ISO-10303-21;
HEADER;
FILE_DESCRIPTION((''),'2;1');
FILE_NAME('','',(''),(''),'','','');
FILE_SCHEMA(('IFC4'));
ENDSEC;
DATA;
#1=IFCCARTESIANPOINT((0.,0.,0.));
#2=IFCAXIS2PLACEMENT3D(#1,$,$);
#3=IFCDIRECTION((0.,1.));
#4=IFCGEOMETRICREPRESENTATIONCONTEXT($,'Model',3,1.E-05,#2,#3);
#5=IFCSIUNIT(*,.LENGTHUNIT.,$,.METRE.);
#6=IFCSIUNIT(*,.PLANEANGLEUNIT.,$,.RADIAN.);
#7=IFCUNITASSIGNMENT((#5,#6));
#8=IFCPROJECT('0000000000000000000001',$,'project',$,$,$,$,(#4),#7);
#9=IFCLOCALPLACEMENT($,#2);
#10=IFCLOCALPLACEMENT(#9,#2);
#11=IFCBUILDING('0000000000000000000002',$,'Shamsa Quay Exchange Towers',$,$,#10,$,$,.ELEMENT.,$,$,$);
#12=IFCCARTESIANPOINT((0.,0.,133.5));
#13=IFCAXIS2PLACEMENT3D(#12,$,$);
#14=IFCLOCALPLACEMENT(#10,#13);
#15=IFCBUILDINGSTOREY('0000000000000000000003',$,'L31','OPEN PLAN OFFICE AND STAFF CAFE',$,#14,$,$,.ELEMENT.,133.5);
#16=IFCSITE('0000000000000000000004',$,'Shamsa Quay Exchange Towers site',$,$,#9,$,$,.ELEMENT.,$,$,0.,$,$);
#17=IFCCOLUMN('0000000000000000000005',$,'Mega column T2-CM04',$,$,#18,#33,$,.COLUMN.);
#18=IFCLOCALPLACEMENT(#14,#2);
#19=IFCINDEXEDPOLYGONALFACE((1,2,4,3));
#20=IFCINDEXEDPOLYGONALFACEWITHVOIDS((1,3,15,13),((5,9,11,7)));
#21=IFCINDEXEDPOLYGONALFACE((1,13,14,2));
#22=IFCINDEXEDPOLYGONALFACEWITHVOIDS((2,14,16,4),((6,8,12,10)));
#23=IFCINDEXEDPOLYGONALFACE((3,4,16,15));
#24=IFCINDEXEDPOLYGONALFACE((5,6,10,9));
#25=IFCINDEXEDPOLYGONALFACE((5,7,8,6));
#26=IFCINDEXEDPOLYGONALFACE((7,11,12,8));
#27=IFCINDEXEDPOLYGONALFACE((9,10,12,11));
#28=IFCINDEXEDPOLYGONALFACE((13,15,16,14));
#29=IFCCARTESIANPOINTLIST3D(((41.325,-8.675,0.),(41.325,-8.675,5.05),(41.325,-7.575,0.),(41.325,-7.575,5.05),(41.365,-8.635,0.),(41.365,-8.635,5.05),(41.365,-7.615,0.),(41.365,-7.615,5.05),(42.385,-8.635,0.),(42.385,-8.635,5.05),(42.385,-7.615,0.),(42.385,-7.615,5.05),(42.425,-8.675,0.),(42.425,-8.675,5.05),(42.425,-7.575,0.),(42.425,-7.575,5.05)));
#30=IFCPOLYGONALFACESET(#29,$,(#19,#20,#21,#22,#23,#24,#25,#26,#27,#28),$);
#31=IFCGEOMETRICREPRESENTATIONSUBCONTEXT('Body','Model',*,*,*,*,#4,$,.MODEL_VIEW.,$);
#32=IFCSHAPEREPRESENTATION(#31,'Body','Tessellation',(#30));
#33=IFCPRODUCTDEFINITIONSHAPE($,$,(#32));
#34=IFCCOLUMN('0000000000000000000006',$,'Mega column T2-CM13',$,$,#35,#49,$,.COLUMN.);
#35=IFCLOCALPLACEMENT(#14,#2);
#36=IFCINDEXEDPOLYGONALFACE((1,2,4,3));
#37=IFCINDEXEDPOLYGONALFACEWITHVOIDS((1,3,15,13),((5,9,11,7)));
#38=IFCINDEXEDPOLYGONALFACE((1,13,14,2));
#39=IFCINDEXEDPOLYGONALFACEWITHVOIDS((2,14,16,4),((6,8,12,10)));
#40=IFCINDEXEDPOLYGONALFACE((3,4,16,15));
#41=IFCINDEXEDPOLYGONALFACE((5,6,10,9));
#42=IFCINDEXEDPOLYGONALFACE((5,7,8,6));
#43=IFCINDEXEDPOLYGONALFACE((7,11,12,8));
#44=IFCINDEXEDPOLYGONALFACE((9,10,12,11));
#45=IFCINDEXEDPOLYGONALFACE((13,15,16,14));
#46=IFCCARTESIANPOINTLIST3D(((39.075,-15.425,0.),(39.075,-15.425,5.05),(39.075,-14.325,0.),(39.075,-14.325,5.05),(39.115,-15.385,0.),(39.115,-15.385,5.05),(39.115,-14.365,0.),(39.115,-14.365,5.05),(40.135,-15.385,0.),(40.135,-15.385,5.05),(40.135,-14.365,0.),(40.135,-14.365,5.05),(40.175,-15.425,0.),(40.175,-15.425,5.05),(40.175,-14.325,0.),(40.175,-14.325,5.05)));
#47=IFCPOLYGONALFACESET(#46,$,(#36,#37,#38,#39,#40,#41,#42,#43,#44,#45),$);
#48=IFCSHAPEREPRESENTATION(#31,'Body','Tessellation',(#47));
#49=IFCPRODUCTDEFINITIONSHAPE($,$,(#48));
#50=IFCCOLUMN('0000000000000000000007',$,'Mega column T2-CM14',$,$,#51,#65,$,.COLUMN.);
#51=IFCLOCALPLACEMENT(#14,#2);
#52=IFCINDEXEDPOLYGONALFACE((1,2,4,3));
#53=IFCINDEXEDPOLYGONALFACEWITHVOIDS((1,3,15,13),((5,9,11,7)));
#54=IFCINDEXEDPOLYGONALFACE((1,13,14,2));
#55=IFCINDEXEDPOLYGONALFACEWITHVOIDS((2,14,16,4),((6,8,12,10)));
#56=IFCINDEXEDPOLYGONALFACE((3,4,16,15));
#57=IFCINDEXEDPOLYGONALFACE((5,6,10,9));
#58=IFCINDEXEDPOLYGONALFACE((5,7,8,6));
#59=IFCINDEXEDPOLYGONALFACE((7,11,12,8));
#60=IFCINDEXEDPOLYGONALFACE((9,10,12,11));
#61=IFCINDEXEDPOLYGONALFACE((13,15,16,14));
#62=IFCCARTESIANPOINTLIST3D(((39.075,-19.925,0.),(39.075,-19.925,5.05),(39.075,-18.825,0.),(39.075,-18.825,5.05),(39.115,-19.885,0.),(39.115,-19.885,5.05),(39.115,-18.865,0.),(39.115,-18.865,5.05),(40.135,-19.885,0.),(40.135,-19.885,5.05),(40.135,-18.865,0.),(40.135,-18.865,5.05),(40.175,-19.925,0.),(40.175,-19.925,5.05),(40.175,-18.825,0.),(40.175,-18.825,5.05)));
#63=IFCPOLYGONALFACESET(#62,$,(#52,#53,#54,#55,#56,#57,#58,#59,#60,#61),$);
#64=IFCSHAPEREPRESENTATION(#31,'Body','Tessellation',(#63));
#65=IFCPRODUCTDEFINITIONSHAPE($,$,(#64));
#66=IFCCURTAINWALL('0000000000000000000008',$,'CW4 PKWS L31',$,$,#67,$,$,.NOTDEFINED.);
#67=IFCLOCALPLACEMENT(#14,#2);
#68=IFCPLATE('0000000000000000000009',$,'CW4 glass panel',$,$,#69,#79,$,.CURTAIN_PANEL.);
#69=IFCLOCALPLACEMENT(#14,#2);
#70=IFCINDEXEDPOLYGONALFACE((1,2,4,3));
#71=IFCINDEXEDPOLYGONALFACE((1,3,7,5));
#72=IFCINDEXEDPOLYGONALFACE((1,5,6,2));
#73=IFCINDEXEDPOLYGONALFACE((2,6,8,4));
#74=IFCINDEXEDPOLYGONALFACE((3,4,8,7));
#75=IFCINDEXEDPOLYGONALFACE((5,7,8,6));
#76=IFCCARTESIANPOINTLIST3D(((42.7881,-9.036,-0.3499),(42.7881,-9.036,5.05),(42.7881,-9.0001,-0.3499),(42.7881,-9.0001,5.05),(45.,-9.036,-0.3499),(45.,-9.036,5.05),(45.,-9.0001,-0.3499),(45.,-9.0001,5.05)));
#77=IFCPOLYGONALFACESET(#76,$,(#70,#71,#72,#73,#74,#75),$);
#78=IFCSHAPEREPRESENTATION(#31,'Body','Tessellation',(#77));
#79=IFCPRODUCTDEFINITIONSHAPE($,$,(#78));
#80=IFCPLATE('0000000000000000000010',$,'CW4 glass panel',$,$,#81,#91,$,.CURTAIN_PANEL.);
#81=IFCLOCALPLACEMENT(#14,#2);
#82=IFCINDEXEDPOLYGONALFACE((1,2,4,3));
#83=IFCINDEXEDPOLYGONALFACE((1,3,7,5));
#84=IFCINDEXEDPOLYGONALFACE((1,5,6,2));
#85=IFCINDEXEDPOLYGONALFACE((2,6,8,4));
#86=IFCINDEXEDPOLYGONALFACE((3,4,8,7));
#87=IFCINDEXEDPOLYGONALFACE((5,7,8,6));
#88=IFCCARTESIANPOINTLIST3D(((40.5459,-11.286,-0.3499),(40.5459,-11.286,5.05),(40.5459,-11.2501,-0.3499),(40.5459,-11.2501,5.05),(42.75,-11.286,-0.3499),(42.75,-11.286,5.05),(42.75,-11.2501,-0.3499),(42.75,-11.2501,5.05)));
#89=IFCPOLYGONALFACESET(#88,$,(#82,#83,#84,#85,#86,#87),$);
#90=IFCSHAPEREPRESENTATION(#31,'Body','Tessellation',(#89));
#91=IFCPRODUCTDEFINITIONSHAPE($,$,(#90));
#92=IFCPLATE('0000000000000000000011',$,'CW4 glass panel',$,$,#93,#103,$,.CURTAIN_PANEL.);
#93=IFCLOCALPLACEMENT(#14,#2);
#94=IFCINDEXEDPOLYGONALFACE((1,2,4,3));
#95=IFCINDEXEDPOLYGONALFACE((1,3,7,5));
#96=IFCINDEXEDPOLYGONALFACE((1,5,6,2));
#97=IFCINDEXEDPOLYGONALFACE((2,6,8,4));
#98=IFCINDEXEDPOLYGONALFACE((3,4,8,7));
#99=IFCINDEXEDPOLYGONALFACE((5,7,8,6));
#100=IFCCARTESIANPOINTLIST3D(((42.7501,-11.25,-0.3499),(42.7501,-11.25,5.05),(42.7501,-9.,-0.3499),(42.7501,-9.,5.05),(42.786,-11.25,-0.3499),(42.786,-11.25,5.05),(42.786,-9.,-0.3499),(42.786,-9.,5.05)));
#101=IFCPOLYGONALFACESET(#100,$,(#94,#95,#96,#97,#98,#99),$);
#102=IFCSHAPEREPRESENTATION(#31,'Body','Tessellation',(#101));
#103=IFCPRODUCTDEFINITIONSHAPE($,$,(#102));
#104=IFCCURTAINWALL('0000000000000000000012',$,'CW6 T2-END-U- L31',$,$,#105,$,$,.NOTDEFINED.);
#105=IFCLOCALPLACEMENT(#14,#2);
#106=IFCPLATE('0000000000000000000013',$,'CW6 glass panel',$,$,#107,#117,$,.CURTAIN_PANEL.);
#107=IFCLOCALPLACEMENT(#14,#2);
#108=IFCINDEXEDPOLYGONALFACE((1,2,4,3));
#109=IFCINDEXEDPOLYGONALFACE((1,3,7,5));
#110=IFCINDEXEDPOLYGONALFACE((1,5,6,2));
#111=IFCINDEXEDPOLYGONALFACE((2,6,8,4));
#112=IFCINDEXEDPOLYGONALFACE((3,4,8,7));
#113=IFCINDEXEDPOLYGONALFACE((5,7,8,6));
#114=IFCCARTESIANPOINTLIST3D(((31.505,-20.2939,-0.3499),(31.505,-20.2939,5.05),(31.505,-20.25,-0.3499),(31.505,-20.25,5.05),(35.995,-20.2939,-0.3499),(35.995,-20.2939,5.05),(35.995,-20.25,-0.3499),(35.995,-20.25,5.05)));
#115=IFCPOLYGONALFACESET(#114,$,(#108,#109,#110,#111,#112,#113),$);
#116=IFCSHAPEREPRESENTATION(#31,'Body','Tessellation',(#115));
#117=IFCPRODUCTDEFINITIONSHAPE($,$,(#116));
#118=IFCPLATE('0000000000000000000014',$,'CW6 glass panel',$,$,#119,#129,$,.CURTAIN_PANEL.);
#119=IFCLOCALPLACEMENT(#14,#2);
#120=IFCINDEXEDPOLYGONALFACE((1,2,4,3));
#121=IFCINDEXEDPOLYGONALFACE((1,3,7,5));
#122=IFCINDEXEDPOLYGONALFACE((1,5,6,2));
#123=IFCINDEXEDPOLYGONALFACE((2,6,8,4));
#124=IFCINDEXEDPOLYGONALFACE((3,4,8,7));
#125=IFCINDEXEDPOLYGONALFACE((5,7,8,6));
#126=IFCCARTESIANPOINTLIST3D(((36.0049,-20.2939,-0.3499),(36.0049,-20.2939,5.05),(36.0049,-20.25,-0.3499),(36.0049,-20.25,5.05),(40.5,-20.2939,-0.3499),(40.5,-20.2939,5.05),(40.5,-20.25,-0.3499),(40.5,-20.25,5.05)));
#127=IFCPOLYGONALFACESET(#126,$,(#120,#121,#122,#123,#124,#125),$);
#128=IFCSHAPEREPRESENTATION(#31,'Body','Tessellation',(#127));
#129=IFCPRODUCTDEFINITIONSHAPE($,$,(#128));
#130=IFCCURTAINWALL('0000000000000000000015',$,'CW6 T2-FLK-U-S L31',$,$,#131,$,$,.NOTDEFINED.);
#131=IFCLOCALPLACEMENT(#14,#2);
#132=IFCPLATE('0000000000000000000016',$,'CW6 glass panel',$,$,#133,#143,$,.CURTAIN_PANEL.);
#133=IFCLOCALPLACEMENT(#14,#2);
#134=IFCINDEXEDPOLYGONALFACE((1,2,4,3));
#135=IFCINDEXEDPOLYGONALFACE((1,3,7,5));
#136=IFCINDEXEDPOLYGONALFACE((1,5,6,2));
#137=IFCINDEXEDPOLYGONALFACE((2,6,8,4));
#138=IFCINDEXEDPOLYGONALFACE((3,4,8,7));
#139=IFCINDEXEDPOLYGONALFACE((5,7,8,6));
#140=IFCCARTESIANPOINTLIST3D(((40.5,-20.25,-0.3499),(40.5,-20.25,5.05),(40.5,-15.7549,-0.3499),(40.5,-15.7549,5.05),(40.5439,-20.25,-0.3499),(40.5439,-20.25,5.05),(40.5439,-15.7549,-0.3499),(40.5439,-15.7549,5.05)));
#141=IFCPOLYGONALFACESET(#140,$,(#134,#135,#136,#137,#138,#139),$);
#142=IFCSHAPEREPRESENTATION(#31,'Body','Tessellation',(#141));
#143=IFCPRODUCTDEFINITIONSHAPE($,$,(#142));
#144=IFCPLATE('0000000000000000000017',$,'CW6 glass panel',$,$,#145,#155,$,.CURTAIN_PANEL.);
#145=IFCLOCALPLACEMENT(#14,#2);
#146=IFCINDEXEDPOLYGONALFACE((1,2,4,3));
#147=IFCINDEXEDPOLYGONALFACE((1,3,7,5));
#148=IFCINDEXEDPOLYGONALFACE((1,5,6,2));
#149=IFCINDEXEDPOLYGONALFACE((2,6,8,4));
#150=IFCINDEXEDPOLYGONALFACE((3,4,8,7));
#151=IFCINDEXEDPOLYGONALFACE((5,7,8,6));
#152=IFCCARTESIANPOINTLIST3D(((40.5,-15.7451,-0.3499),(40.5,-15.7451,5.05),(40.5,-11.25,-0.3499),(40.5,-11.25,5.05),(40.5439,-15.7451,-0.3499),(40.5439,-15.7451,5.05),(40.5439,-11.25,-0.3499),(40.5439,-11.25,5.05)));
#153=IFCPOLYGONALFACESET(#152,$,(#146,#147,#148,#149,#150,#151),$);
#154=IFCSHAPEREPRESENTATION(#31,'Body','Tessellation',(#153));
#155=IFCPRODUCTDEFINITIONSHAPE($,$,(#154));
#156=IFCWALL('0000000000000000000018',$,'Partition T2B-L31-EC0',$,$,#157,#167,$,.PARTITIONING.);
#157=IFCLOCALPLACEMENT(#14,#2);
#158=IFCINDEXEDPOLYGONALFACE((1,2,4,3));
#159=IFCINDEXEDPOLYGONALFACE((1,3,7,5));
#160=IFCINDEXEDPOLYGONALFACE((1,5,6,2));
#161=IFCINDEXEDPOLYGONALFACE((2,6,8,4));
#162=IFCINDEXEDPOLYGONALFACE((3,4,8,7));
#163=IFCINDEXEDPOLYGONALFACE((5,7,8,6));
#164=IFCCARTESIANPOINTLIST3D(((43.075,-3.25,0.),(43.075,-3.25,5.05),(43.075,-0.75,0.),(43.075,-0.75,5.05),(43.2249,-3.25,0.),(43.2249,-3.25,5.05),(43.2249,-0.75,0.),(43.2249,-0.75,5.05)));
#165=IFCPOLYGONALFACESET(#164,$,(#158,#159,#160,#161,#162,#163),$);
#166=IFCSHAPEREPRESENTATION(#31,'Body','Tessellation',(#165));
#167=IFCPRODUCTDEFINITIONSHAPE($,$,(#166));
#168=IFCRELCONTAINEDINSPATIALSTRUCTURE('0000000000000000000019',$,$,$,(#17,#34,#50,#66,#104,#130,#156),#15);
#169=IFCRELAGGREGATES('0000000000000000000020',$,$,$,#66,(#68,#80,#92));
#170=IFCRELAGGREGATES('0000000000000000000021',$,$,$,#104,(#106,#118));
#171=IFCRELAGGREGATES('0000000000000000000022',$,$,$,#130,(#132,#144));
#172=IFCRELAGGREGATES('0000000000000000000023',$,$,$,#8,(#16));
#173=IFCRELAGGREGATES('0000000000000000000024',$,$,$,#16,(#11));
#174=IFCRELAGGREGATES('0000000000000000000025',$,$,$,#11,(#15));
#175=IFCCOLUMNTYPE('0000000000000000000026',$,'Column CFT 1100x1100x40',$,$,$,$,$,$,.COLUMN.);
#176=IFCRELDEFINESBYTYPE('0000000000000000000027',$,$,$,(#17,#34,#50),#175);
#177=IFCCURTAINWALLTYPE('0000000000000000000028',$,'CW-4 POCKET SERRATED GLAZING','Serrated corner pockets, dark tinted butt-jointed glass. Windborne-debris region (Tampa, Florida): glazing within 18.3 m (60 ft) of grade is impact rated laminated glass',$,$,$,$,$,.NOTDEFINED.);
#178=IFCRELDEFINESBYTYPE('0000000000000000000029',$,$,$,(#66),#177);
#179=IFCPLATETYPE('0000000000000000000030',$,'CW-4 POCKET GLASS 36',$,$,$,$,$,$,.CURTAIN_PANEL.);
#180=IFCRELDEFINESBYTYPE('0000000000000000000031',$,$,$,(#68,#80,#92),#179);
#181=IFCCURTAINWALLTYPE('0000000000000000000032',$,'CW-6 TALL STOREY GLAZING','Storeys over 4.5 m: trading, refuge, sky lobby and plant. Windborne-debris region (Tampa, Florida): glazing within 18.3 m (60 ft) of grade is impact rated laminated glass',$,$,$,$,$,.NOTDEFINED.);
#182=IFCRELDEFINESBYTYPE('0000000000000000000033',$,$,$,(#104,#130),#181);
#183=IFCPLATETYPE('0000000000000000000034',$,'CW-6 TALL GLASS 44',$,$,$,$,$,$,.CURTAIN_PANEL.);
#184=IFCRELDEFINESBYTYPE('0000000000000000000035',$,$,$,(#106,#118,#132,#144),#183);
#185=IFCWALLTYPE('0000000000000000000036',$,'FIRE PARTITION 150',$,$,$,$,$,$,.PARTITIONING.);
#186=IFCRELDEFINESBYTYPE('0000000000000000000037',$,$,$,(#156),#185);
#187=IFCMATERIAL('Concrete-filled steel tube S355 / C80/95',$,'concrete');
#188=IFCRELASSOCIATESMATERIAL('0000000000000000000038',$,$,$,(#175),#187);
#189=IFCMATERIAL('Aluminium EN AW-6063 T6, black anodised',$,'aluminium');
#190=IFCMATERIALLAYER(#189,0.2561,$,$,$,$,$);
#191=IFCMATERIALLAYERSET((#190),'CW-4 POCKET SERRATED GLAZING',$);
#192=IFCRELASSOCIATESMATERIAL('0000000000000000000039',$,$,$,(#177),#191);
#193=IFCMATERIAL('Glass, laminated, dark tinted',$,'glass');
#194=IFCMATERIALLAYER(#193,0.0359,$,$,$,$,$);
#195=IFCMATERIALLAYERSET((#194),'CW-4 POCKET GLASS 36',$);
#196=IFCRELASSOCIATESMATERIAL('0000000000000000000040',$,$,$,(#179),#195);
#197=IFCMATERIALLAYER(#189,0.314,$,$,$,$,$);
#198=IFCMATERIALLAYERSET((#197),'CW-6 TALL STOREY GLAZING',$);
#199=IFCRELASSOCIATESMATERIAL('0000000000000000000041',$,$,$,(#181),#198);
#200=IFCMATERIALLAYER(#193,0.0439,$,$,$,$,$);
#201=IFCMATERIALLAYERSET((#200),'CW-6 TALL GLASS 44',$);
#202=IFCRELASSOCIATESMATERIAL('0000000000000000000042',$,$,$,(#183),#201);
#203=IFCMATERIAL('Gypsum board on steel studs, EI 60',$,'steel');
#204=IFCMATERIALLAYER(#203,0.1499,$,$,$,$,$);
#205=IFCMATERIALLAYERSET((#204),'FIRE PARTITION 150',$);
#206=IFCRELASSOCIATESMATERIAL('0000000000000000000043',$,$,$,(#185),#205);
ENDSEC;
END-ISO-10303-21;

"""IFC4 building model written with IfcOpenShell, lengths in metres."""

from ifc_helpers import new_model, si_unit, direction, frame, frame_2d, origin, origin_2d, place, context, subcontext, project, spatial, rectangle, hollow_rectangle, extrude, material, layer, layer_set, material_profile, profile_set, type_object, element, aggregate, save


model = new_model("IFC4")

# Units and contexts
model_context = context("Model", 3, precision=1e-05, world=origin(), true_north=direction((0.0, 1.0)))
body_context = subcontext(model_context, "Body", "Model", "MODEL_VIEW")
ifc_project = project(units=[si_unit("LENGTHUNIT", "METRE"), si_unit("PLANEANGLEUNIT", "RADIAN")], contexts=[model_context])

# Site, building, storey
site_placement = place(None, origin())
site = spatial("IfcSite", under=ifc_project, at=site_placement, Name="Shamsa Quay Exchange Towers site", CompositionType="ELEMENT", RefElevation=0.0)
building_placement = place(site_placement, origin())
building = spatial("IfcBuilding", under=site, at=building_placement, Name="Shamsa Quay Exchange Towers", CompositionType="ELEMENT")
storey_placement = place(building_placement, frame((0.0, 0.0, 133.5)))
storey = spatial("IfcBuildingStorey", under=building, at=storey_placement, Name="L31", Description="OPEN PLAN OFFICE AND STAFF CAFE", CompositionType="ELEMENT", Elevation=133.5)

# Columns
ifc_material_1 = material(Name="Concrete-filled steel tube S355 / C80/95", Category="concrete")
ifc_material_profile = material_profile(ifc_material_1, hollow_rectangle(XDim=1.1001, YDim=1.1001, WallThickness=0.04, at=origin_2d()), Name="CFT 1100x1100x40")
ifc_profile_set = profile_set([ifc_material_profile], Name="Concrete-filled steel tube S355 / C80/95")
column_type = type_object("IfcColumnType", Name="Column CFT 1100x1100x40", PredefinedType="COLUMN", material=ifc_profile_set)
for number, where, name in (
    (1, (41.875, -8.125, 0.0), "Mega column T2-CM04"),
    (2, (39.625, -14.875, 0.0), "Mega column T2-CM13"),
    (3, (39.625, -19.375, 0.0), "Mega column T2-CM14"),
):
    element("IfcColumn", number, at=place(storey_placement, frame(where)), inside=storey, type_object=column_type, Name=name, PredefinedType="COLUMN", context=body_context, shape_type="SweptSolid", body=[
        extrude(hollow_rectangle(XDim=1.1001, YDim=1.1001, WallThickness=0.04, at=origin_2d()), origin(), (0.0, 0.0, 1.0), 5.05),
    ])

# Curtain walls, plates
ifc_material_2 = material(Name="Aluminium EN AW-6063 T6, black anodised", Category="aluminium")
ifc_layer_1 = layer(ifc_material_2, 0.2561)
ifc_layer_set_1 = layer_set([ifc_layer_1], Name="CW-4 POCKET SERRATED GLAZING")
curtain_wall_type_1 = type_object("IfcCurtainWallType", Name="CW-4 POCKET SERRATED GLAZING", Description="Serrated corner pockets, dark tinted butt-jointed glass. Windborne-debris region (Tampa, Florida): glazing within 18.3 m (60 ft) of grade is impact rated laminated glass", PredefinedType="NOTDEFINED", material=ifc_layer_set_1)
curtain_wall_1_placement = place(storey_placement, origin())
curtain_wall_1 = element("IfcCurtainWall", 4, at=curtain_wall_1_placement, inside=storey, type_object=curtain_wall_type_1, Name="CW4 PKWS L31", PredefinedType="NOTDEFINED")
ifc_material_3 = material(Name="Glass, laminated, dark tinted", Category="glass")
ifc_layer_2 = layer(ifc_material_3, 0.0359)
ifc_layer_set_2 = layer_set([ifc_layer_2], Name="CW-4 POCKET GLASS 36")
plate_type_1 = type_object("IfcPlateType", Name="CW-4 POCKET GLASS 36", PredefinedType="CURTAIN_PANEL", material=ifc_layer_set_2)
plate_1_placement = place(storey_placement, frame((43.894, -9.0181, -0.3499)))
plate_1 = element("IfcPlate", 5, at=plate_1_placement, type_object=plate_type_1, Name="CW4 glass panel", PredefinedType="CURTAIN_PANEL", context=body_context, shape_type="SweptSolid", body=[
    extrude(rectangle(XDim=2.2119, YDim=0.0359, at=origin_2d()), origin(), (0.0, 0.0, 1.0), 5.3999),
])
plate_2_placement = place(storey_placement, frame((41.6479, -11.2681, -0.3499)))
plate_2 = element("IfcPlate", 6, at=plate_2_placement, type_object=plate_type_1, Name="CW4 glass panel", PredefinedType="CURTAIN_PANEL", context=body_context, shape_type="SweptSolid", body=[
    extrude(rectangle(XDim=2.2041, YDim=0.0359, at=origin_2d()), origin(), (0.0, 0.0, 1.0), 5.3999),
])
plate_3_placement = place(storey_placement, frame((42.7681, -10.125, -0.3499), z_axis=(0.0, 0.0, 1.0), x_axis=(0.0, 1.0, 0.0)))
plate_3 = element("IfcPlate", 7, at=plate_3_placement, type_object=plate_type_1, Name="CW4 glass panel", PredefinedType="CURTAIN_PANEL", context=body_context, shape_type="SweptSolid", body=[
    extrude(rectangle(XDim=2.25, YDim=0.0359, at=origin_2d()), origin(), (0.0, 0.0, 1.0), 5.3999),
])
aggregate(curtain_wall_1, [plate_1, plate_2, plate_3])
ifc_layer_3 = layer(ifc_material_2, 0.314)
ifc_layer_set_3 = layer_set([ifc_layer_3], Name="CW-6 TALL STOREY GLAZING")
curtain_wall_type_2 = type_object("IfcCurtainWallType", Name="CW-6 TALL STOREY GLAZING", Description="Storeys over 4.5 m: trading, refuge, sky lobby and plant. Windborne-debris region (Tampa, Florida): glazing within 18.3 m (60 ft) of grade is impact rated laminated glass", PredefinedType="NOTDEFINED", material=ifc_layer_set_3)
curtain_wall_2_placement = place(storey_placement, origin())
curtain_wall_2 = element("IfcCurtainWall", 8, at=curtain_wall_2_placement, inside=storey, type_object=curtain_wall_type_2, Name="CW6 T2-END-U- L31", PredefinedType="NOTDEFINED")
ifc_layer_4 = layer(ifc_material_3, 0.0439)
ifc_layer_set_4 = layer_set([ifc_layer_4], Name="CW-6 TALL GLASS 44")
plate_type_2 = type_object("IfcPlateType", Name="CW-6 TALL GLASS 44", PredefinedType="CURTAIN_PANEL", material=ifc_layer_set_4)
plate_4_placement = place(storey_placement, frame((33.75, -20.272, -0.3499)))
plate_4 = element("IfcPlate", 9, at=plate_4_placement, type_object=plate_type_2, Name="CW6 glass panel", PredefinedType="CURTAIN_PANEL", context=body_context, shape_type="SweptSolid", body=[
    extrude(rectangle(XDim=4.49, YDim=0.0439, at=origin_2d()), origin(), (0.0, 0.0, 1.0), 5.3999),
])
plate_5_placement = place(storey_placement, frame((38.2524, -20.272, -0.3499)))
plate_5 = element("IfcPlate", 10, at=plate_5_placement, type_object=plate_type_2, Name="CW6 glass panel", PredefinedType="CURTAIN_PANEL", context=body_context, shape_type="SweptSolid", body=[
    extrude(rectangle(XDim=4.4951, YDim=0.0439, at=origin_2d()), origin(), (0.0, 0.0, 1.0), 5.3999),
])
aggregate(curtain_wall_2, [plate_4, plate_5])
curtain_wall_3_placement = place(storey_placement, origin())
curtain_wall_3 = element("IfcCurtainWall", 11, at=curtain_wall_3_placement, inside=storey, type_object=curtain_wall_type_2, Name="CW6 T2-FLK-U-S L31", PredefinedType="NOTDEFINED")
plate_6_placement = place(storey_placement, frame((40.522, -18.0024, -0.3499), z_axis=(0.0, 0.0, 1.0), x_axis=(0.0, 1.0, 0.0)))
plate_6 = element("IfcPlate", 12, at=plate_6_placement, type_object=plate_type_2, Name="CW6 glass panel", PredefinedType="CURTAIN_PANEL", context=body_context, shape_type="SweptSolid", body=[
    extrude(rectangle(XDim=4.4951, YDim=0.0439, at=origin_2d()), origin(), (0.0, 0.0, 1.0), 5.3999),
])
plate_7_placement = place(storey_placement, frame((40.522, -13.4976, -0.3499), z_axis=(0.0, 0.0, 1.0), x_axis=(0.0, 1.0, 0.0)))
plate_7 = element("IfcPlate", 13, at=plate_7_placement, type_object=plate_type_2, Name="CW6 glass panel", PredefinedType="CURTAIN_PANEL", context=body_context, shape_type="SweptSolid", body=[
    extrude(rectangle(XDim=4.4951, YDim=0.0439, at=origin_2d()), origin(), (0.0, 0.0, 1.0), 5.3999),
])
aggregate(curtain_wall_3, [plate_6, plate_7])

# Wall
ifc_material_4 = material(Name="Gypsum board on steel studs, EI 60", Category="steel")
ifc_layer_5 = layer(ifc_material_4, 0.1499)
ifc_layer_set_5 = layer_set([ifc_layer_5], Name="FIRE PARTITION 150")
wall_type_1 = type_object("IfcWallType", Name="FIRE PARTITION 150", PredefinedType="PARTITIONING", material=ifc_layer_set_5)
wall_1_placement = place(storey_placement, frame((43.1499, -3.25, 0.0), z_axis=(0.0, 0.0, 1.0), x_axis=(0.0, 1.0, 0.0)))
element("IfcWall", 14, at=wall_1_placement, inside=storey, type_object=wall_type_1, Name="Partition T2B-L31-EC0", PredefinedType="PARTITIONING", context=body_context, shape_type="SweptSolid", body=[
    extrude(rectangle(XDim=2.5, YDim=0.1499, at=frame_2d((1.25, 0.0))), origin(), (0.0, 0.0, 1.0), 5.05),
])

save(model, "model.ifc")
